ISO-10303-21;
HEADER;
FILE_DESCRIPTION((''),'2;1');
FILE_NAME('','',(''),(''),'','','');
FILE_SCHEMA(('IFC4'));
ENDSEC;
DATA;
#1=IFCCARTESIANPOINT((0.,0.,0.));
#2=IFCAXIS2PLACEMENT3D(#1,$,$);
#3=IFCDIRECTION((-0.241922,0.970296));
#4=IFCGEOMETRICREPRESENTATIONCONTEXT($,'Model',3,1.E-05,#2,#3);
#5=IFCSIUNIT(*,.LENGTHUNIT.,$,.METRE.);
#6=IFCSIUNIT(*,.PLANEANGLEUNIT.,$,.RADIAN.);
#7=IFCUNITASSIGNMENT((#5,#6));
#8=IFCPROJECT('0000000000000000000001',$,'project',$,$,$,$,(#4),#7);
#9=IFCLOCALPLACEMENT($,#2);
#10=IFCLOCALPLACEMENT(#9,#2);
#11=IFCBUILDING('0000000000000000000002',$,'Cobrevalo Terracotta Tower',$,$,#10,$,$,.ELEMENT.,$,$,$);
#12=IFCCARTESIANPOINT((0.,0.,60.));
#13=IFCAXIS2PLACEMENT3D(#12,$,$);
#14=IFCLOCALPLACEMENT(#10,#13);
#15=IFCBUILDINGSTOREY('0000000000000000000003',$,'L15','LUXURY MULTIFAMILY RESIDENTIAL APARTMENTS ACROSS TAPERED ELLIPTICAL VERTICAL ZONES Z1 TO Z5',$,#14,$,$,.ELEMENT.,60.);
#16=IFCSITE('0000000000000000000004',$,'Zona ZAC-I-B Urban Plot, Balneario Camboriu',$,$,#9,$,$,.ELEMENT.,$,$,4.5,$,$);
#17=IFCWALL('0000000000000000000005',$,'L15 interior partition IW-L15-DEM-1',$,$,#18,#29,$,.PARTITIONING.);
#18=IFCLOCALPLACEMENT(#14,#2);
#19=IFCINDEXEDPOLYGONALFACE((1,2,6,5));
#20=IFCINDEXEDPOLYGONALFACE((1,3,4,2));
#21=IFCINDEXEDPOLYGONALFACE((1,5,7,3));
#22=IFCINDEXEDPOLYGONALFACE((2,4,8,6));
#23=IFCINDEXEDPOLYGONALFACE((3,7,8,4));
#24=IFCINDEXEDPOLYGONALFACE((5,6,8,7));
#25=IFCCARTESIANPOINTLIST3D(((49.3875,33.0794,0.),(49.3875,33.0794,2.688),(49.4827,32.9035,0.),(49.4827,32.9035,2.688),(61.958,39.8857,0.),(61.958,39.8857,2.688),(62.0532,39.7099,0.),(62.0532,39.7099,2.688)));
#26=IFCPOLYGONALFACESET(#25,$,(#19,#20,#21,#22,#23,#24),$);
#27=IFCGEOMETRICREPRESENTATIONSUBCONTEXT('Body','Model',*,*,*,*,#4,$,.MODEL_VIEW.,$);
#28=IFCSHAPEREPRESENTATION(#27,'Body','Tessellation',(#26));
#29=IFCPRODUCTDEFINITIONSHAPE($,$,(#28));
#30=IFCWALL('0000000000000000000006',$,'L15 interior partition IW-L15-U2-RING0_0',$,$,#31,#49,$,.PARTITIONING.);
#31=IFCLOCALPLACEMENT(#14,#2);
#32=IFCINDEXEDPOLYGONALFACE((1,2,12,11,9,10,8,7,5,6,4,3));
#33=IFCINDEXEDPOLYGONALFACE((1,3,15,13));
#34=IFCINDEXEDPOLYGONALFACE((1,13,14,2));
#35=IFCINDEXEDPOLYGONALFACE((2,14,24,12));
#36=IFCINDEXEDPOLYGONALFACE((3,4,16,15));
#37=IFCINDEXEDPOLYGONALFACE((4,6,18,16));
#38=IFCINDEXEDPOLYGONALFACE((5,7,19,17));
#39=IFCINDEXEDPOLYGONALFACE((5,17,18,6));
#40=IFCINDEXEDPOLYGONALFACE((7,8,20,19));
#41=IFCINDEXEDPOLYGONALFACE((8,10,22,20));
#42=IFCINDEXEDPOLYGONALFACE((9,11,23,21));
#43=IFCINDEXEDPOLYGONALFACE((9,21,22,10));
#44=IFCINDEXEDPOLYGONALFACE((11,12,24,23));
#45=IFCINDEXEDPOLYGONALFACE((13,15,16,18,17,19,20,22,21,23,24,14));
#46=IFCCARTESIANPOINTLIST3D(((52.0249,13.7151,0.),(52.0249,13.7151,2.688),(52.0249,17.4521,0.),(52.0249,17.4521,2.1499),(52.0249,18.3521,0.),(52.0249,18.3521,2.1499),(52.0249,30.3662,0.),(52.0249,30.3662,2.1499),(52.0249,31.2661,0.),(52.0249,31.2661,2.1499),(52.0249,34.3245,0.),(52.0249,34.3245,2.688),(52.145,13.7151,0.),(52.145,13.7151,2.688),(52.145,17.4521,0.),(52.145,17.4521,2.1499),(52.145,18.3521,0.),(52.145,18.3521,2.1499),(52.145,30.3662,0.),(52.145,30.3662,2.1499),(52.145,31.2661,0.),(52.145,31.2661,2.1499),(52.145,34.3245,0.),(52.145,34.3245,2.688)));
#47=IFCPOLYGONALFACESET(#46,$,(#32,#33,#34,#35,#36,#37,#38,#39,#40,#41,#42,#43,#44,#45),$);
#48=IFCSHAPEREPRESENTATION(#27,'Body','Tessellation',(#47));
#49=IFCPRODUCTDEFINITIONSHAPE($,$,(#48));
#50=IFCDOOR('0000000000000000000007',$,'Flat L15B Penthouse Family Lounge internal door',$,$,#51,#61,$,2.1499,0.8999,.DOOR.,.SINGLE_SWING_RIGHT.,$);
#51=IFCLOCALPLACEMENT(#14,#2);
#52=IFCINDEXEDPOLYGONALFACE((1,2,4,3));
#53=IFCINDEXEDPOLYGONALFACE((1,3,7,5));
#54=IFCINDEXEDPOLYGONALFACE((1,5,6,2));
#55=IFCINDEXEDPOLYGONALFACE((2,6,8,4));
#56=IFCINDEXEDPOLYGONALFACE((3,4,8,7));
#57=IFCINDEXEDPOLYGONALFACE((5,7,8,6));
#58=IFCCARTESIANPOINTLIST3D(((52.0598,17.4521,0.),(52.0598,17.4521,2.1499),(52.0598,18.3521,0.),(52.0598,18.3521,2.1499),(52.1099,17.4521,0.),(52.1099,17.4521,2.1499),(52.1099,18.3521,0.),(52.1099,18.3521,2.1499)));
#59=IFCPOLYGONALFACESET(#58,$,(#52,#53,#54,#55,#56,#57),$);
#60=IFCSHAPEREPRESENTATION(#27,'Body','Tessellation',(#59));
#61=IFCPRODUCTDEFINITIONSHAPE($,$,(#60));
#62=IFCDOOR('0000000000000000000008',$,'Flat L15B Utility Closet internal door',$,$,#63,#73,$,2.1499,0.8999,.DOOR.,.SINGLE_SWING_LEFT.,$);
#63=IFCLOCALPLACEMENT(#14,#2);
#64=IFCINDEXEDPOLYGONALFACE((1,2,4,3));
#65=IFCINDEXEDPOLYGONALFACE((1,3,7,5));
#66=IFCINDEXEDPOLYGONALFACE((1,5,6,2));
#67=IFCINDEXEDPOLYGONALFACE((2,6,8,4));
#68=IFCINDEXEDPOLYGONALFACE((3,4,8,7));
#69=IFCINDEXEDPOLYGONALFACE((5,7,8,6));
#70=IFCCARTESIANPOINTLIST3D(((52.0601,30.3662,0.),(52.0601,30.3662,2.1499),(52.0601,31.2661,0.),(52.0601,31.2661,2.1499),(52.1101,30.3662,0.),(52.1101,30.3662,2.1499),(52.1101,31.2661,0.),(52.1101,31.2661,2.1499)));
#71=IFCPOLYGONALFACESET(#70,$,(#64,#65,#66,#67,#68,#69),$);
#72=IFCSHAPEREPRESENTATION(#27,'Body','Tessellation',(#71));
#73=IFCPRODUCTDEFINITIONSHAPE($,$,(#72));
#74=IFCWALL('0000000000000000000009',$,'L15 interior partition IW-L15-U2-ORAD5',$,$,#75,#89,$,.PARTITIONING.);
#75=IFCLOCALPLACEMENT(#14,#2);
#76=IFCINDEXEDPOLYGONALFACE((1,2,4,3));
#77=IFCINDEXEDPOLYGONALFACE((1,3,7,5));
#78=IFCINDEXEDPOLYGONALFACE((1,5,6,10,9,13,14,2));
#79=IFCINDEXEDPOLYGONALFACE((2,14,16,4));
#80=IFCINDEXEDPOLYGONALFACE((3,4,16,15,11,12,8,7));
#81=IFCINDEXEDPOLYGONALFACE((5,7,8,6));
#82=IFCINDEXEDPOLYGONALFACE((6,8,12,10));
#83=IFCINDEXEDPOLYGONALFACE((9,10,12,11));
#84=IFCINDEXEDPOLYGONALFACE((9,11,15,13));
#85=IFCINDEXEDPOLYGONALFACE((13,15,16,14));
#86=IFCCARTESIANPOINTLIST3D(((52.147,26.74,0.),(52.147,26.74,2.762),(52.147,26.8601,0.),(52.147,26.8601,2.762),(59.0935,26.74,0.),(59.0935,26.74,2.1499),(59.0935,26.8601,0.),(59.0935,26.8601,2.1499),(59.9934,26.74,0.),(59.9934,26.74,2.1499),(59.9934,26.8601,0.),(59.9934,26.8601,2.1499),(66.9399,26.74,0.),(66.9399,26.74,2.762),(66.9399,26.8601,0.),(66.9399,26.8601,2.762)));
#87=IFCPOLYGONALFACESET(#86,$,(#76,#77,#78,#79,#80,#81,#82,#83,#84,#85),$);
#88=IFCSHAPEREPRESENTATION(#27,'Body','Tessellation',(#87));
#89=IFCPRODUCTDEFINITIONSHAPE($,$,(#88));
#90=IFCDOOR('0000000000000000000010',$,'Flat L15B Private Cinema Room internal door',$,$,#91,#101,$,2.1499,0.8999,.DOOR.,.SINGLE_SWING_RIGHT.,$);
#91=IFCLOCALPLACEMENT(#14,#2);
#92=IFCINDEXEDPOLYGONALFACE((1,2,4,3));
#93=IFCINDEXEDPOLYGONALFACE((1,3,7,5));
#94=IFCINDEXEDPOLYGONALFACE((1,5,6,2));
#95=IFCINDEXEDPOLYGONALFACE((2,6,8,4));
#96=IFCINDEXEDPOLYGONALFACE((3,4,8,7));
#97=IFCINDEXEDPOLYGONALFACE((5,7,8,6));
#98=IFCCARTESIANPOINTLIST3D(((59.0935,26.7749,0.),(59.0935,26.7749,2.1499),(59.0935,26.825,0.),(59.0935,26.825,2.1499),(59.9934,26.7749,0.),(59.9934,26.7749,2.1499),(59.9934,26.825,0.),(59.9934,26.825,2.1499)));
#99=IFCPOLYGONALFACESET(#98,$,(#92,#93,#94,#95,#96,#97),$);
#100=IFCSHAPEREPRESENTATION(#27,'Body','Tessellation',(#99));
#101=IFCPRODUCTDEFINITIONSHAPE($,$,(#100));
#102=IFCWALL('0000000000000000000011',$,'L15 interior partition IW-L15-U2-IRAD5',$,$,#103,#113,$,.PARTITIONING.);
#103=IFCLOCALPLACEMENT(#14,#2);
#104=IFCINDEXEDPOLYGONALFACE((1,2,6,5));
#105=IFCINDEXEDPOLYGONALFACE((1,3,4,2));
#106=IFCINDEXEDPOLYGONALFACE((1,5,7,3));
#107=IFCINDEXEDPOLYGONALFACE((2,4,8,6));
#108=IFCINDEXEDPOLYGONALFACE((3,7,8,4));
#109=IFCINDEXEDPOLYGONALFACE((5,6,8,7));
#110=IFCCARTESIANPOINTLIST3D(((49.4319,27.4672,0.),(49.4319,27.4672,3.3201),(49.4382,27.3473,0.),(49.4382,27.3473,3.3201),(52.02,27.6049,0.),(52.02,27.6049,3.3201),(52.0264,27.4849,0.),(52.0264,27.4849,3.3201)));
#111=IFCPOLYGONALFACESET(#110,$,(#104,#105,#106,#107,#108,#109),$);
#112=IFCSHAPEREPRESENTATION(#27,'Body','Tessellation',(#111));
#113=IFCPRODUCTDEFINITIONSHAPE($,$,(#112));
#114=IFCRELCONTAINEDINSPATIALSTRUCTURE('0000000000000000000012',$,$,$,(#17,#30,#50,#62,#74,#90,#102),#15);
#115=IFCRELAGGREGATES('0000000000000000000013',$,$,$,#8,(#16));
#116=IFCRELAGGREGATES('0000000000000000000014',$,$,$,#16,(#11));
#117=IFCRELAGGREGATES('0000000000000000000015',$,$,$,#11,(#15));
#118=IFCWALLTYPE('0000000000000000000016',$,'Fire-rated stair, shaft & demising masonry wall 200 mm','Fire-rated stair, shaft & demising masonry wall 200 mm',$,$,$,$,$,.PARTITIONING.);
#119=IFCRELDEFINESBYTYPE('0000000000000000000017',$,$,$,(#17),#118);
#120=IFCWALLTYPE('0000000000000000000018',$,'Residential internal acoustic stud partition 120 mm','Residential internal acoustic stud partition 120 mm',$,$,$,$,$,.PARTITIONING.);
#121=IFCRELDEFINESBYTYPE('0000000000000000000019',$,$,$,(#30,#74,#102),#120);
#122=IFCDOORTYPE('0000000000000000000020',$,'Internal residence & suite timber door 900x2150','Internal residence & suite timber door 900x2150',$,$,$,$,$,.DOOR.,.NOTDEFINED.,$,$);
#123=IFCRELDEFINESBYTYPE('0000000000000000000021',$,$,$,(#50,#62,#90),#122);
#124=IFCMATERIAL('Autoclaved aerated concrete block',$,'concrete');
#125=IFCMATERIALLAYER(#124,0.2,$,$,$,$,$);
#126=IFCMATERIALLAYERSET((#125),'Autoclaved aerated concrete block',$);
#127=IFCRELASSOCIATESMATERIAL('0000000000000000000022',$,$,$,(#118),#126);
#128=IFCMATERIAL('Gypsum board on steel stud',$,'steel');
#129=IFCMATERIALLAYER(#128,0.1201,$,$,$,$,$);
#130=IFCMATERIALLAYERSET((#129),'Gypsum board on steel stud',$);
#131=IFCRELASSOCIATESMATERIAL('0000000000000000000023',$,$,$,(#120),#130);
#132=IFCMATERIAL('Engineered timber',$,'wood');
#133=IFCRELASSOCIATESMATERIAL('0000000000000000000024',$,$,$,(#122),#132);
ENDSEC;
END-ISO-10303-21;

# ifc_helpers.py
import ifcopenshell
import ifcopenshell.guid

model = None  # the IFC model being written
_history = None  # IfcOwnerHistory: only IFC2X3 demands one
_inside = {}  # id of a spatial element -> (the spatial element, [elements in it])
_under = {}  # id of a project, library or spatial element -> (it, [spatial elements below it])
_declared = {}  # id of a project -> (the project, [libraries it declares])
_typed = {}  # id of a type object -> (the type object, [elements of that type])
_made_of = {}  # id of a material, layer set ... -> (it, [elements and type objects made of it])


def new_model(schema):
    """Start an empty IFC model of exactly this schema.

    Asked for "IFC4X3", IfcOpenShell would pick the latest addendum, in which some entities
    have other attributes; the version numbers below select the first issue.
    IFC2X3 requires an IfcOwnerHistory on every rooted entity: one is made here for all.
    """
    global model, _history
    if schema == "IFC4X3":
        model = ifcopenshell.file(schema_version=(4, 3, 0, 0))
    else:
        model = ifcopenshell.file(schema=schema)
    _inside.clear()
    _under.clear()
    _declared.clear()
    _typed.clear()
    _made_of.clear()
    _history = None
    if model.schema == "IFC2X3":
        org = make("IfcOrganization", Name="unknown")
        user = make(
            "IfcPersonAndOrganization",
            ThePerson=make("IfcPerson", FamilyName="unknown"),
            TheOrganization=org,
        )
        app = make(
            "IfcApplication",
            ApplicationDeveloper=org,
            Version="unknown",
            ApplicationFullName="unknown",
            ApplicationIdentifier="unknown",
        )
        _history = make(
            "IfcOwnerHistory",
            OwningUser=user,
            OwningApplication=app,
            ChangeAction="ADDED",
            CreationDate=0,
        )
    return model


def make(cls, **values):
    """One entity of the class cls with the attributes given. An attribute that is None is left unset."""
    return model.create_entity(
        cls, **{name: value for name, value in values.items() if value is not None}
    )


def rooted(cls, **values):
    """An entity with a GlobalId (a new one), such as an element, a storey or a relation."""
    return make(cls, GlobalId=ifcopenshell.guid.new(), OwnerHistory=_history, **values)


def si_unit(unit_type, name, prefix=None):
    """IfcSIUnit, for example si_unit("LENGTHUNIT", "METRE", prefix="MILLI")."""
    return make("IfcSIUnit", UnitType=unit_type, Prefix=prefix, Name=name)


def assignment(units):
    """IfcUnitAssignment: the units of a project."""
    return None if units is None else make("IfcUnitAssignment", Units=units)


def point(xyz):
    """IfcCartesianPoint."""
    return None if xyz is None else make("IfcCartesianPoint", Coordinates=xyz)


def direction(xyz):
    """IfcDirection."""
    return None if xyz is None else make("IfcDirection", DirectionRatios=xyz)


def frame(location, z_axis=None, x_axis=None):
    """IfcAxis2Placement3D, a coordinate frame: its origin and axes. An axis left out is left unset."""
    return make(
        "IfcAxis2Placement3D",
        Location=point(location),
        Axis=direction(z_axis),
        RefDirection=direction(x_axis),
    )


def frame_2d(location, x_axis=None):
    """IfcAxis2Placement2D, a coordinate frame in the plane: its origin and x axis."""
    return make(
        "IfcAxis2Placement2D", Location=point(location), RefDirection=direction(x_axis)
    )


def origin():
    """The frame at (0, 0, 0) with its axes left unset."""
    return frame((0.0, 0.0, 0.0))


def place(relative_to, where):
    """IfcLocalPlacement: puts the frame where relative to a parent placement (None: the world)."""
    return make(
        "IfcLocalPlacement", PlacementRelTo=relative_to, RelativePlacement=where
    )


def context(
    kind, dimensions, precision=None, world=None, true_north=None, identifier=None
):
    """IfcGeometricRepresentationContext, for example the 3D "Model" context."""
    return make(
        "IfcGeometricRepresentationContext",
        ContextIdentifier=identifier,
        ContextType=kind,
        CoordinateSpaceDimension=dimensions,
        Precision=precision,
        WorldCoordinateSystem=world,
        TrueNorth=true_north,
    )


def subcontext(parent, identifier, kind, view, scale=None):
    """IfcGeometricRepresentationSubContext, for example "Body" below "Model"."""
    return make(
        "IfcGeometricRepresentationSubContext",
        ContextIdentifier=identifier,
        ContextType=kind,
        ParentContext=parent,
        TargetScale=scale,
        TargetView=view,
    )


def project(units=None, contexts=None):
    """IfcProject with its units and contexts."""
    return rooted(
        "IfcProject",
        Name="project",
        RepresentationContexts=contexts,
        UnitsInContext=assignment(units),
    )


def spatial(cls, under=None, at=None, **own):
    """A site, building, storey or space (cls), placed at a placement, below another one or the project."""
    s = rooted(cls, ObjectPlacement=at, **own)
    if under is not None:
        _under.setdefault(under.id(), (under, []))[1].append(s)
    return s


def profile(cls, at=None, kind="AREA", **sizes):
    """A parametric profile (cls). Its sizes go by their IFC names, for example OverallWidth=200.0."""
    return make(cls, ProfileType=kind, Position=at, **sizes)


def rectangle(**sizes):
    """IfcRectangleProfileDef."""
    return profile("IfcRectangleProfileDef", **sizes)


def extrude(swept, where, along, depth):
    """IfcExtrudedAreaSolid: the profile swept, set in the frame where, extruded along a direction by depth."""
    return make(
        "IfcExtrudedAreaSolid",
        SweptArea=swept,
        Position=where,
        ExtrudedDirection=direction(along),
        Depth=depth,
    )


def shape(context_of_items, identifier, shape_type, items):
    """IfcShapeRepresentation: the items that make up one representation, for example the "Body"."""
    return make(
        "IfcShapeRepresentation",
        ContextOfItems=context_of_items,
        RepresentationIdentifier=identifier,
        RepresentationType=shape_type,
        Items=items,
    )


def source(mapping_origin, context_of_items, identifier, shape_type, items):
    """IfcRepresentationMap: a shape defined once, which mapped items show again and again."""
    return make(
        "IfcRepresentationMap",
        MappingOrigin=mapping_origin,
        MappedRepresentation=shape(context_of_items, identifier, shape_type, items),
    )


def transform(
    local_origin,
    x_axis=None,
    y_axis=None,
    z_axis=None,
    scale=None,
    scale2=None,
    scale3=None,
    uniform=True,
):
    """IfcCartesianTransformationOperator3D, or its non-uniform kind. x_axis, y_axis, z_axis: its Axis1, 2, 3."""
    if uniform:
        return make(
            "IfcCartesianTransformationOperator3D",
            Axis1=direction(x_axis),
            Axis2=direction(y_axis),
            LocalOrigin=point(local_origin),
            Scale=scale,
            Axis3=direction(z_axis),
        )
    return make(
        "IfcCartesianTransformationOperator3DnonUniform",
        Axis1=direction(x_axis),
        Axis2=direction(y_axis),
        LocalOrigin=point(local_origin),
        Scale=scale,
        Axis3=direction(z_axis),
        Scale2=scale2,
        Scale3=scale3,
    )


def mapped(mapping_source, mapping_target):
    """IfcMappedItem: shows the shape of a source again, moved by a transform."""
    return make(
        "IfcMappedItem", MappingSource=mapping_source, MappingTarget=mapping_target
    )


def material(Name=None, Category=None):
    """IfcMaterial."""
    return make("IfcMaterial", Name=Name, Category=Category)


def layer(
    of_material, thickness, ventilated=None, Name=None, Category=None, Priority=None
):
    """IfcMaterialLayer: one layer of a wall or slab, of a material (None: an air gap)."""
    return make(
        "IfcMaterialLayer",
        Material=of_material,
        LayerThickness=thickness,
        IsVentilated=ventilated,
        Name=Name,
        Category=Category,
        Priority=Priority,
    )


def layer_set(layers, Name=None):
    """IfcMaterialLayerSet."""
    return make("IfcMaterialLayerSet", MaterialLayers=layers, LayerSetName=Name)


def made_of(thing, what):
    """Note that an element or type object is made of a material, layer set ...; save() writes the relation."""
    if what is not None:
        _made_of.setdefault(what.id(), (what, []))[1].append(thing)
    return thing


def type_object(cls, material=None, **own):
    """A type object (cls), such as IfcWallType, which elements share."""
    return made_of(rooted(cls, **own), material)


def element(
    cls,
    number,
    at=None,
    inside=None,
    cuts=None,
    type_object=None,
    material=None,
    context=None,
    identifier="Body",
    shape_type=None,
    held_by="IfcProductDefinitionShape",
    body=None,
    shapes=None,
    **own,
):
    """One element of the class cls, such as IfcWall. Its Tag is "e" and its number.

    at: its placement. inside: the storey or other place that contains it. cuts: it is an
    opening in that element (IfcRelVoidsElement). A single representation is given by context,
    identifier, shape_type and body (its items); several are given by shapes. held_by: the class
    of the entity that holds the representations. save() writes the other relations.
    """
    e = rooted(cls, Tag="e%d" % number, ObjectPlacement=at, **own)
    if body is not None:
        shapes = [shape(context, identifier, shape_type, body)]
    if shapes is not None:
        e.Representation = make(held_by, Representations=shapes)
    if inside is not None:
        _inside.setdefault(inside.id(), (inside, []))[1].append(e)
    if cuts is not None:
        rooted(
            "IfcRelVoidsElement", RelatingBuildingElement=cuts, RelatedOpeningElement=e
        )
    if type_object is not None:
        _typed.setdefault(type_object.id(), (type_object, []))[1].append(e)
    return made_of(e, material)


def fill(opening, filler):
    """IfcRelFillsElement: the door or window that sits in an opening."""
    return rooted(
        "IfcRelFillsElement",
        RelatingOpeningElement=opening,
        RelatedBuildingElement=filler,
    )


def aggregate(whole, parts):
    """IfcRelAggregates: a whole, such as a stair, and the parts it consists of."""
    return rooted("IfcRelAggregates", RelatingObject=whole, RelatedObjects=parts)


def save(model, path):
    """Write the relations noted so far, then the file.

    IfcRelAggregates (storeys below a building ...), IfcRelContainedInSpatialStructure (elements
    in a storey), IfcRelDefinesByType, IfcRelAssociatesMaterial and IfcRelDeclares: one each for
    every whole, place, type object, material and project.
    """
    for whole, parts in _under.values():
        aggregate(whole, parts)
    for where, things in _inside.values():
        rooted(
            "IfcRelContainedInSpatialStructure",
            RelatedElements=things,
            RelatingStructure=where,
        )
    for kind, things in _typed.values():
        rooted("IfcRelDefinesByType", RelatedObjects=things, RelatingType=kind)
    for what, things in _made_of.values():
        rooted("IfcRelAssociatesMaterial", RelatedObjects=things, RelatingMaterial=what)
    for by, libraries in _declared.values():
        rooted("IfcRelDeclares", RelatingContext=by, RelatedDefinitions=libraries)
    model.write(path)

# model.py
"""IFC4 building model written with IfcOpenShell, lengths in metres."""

from ifc_helpers import new_model, si_unit, direction, frame, frame_2d, origin, place, context, subcontext, project, spatial, rectangle, extrude, source, transform, mapped, material, layer, layer_set, type_object, element, fill, save


model = new_model("IFC4")

# Units and contexts
model_context = context("Model", 3, precision=1e-05, world=origin(), true_north=direction((-0.241922, 0.970296)))
body_context = subcontext(model_context, "Body", "Model", "MODEL_VIEW")
ifc_project = project(units=[si_unit("LENGTHUNIT", "METRE"), si_unit("PLANEANGLEUNIT", "RADIAN")], contexts=[model_context])

# Site, building, storey
site_placement = place(None, origin())
site = spatial("IfcSite", under=ifc_project, at=site_placement, Name="Zona ZAC-I-B Urban Plot, Balneario Camboriu", CompositionType="ELEMENT", RefElevation=4.5)
building_placement = place(site_placement, origin())
building = spatial("IfcBuilding", under=site, at=building_placement, Name="Cobrevalo Terracotta Tower", CompositionType="ELEMENT")
storey_placement = place(building_placement, frame((0.0, 0.0, 60.0)))
storey = spatial("IfcBuildingStorey", under=building, at=storey_placement, Name="L15", Description="LUXURY MULTIFAMILY RESIDENTIAL APARTMENTS ACROSS TAPERED ELLIPTICAL VERTICAL ZONES Z1 TO Z5", CompositionType="ELEMENT", Elevation=60.0)

# Wall
ifc_material_1 = material(Name="Autoclaved aerated concrete block", Category="concrete")
ifc_layer_1 = layer(ifc_material_1, 0.2)
ifc_layer_set_1 = layer_set([ifc_layer_1], Name="Autoclaved aerated concrete block")
wall_type_1 = type_object("IfcWallType", Name="Fire-rated stair, shaft & demising masonry wall 200 mm", Description="Fire-rated stair, shaft & demising masonry wall 200 mm", PredefinedType="PARTITIONING", material=ifc_layer_set_1)
wall_1_placement = place(storey_placement, frame((49.4351, 32.9915, 0.0), z_axis=(0.0, 0.0, 1.0), x_axis=(0.87937, 0.47614, 0.0)))
element("IfcWall", 1, at=wall_1_placement, inside=storey, type_object=wall_type_1, Name="L15 interior partition IW-L15-DEM-1", PredefinedType="PARTITIONING", context=body_context, shape_type="SweptSolid", body=[
    extrude(rectangle(XDim=14.2949, YDim=0.2, at=frame_2d((7.1475, 0.0))), origin(), (0.0, 0.0, 1.0), 2.688),
])

# Wall, openings, doors
ifc_material_2 = material(Name="Gypsum board on steel stud", Category="steel")
ifc_layer_2 = layer(ifc_material_2, 0.1201)
ifc_layer_set_2 = layer_set([ifc_layer_2], Name="Gypsum board on steel stud")
wall_type_2 = type_object("IfcWallType", Name="Residential internal acoustic stud partition 120 mm", Description="Residential internal acoustic stud partition 120 mm", PredefinedType="PARTITIONING", material=ifc_layer_set_2)
wall_2_placement = place(storey_placement, frame((52.085, 34.3245, 0.0), z_axis=(0.0, 0.0, 1.0), x_axis=(0.0, -1.0, 0.0)))
wall_2 = element("IfcWall", 2, at=wall_2_placement, inside=storey, type_object=wall_type_2, Name="L15 interior partition IW-L15-U2-RING0_0", PredefinedType="PARTITIONING", context=body_context, shape_type="SweptSolid", body=[
    extrude(rectangle(XDim=20.6094, YDim=0.1201, at=frame_2d((10.3047, 0.0))), origin(), (0.0, 0.0, 1.0), 2.688),
])
opening_1_placement = place(wall_2_placement, frame((15.9724, 0.0, 0.0)))
opening_1 = element("IfcOpeningElement", 3, at=opening_1_placement, cuts=wall_2, PredefinedType="OPENING", context=body_context, shape_type="SweptSolid", body=[
    extrude(rectangle(XDim=0.8999, YDim=2.1499, at=frame_2d((0.45, 1.075))), frame((0.0, 0.0701, 0.0), z_axis=(0.0, -1.0, 0.0), x_axis=(1.0, 0.0, 0.0)), (0.0, 0.0, 1.0), 0.1401),
])
opening_2_placement = place(wall_2_placement, frame((3.0583, 0.0, 0.0)))
opening_2 = element("IfcOpeningElement", 4, at=opening_2_placement, cuts=wall_2, PredefinedType="OPENING", context=body_context, shape_type="SweptSolid", body=[
    extrude(rectangle(XDim=0.8999, YDim=2.1499, at=frame_2d((0.45, 1.075))), frame((0.0, 0.0701, 0.0), z_axis=(0.0, -1.0, 0.0), x_axis=(1.0, 0.0, 0.0)), (0.0, 0.0, 1.0), 0.1401),
])
ifc_material_3 = material(Name="Engineered timber", Category="wood")
door_type = type_object("IfcDoorType", Name="Internal residence & suite timber door 900x2150", Description="Internal residence & suite timber door 900x2150", OperationType="NOTDEFINED", PredefinedType="DOOR", material=ifc_material_3)
shared_shape_1 = source(origin(), body_context, "Body", "SweptSolid", [
    extrude(rectangle(XDim=0.8999, YDim=2.1499, at=frame_2d((0.45, 1.075))), frame((0.0, 0.0249, 0.0), z_axis=(0.0, -1.0, 0.0), x_axis=(1.0, 0.0, 0.0)), (0.0, 0.0, 1.0), 0.05),
])
door_1_placement = place(opening_1_placement, origin())
door_1 = element("IfcDoor", 5, at=door_1_placement, inside=storey, type_object=door_type, Name="Flat L15B Penthouse Family Lounge internal door", OperationType="SINGLE_SWING_RIGHT", OverallHeight=2.1499, OverallWidth=0.8999, PredefinedType="DOOR", context=body_context, shape_type="MappedRepresentation", body=[
    mapped(shared_shape_1, transform((0.0, 0.0, 0.0), scale=1.0)),
])
fill(opening_1, door_1)
door_2_placement = place(opening_2_placement, frame((0.8999, 0.0, 0.0), z_axis=(0.0, 0.0, 1.0), x_axis=(-1.0, 0.0, 0.0)))
door_2 = element("IfcDoor", 6, at=door_2_placement, inside=storey, type_object=door_type, Name="Flat L15B Utility Closet internal door", OperationType="SINGLE_SWING_LEFT", OverallHeight=2.1499, OverallWidth=0.8999, PredefinedType="DOOR", context=body_context, shape_type="MappedRepresentation", body=[
    mapped(shared_shape_1, transform((0.0, 0.0, 0.0), scale=1.0)),
])
fill(opening_2, door_2)

# Wall, opening, door
wall_3_placement = place(storey_placement, frame((52.147, 26.8, 0.0), z_axis=(0.0, 0.0, 1.0), x_axis=(1.0, 0.0, 0.0)))
wall_3 = element("IfcWall", 7, at=wall_3_placement, inside=storey, type_object=wall_type_2, Name="L15 interior partition IW-L15-U2-ORAD5", PredefinedType="PARTITIONING", context=body_context, shape_type="SweptSolid", body=[
    extrude(rectangle(XDim=14.793, YDim=0.1201, at=frame_2d((7.3965, 0.0))), origin(), (0.0, 0.0, 1.0), 2.762),
])
opening_3_placement = place(wall_3_placement, frame((6.9465, 0.0, 0.0)))
opening_3 = element("IfcOpeningElement", 8, at=opening_3_placement, cuts=wall_3, PredefinedType="OPENING", context=body_context, shape_type="SweptSolid", body=[
    extrude(rectangle(XDim=0.8999, YDim=2.1499, at=frame_2d((0.45, 1.075))), frame((0.0, 0.0701, 0.0), z_axis=(0.0, -1.0, 0.0), x_axis=(1.0, 0.0, 0.0)), (0.0, 0.0, 1.0), 0.1401),
])
door_3_placement = place(opening_3_placement, origin())
door_3 = element("IfcDoor", 9, at=door_3_placement, inside=storey, type_object=door_type, Name="Flat L15B Private Cinema Room internal door", OperationType="SINGLE_SWING_RIGHT", OverallHeight=2.1499, OverallWidth=0.8999, PredefinedType="DOOR", context=body_context, shape_type="MappedRepresentation", body=[
    mapped(shared_shape_1, transform((0.0, 0.0, 0.0), scale=1.0)),
])
fill(opening_3, door_3)

# Wall
wall_4_placement = place(storey_placement, frame((49.4351, 27.4072, 0.0), z_axis=(0.0, 0.0, 1.0), x_axis=(0.998588, 0.053127, 0.0)))
element("IfcWall", 10, at=wall_4_placement, inside=storey, type_object=wall_type_2, Name="L15 interior partition IW-L15-U2-IRAD5", PredefinedType="PARTITIONING", context=body_context, shape_type="SweptSolid", body=[
    extrude(rectangle(XDim=2.5918, YDim=0.1201, at=frame_2d((1.2959, 0.0))), origin(), (0.0, 0.0, 1.0), 3.3201),
])

save(model, "model.ifc")
